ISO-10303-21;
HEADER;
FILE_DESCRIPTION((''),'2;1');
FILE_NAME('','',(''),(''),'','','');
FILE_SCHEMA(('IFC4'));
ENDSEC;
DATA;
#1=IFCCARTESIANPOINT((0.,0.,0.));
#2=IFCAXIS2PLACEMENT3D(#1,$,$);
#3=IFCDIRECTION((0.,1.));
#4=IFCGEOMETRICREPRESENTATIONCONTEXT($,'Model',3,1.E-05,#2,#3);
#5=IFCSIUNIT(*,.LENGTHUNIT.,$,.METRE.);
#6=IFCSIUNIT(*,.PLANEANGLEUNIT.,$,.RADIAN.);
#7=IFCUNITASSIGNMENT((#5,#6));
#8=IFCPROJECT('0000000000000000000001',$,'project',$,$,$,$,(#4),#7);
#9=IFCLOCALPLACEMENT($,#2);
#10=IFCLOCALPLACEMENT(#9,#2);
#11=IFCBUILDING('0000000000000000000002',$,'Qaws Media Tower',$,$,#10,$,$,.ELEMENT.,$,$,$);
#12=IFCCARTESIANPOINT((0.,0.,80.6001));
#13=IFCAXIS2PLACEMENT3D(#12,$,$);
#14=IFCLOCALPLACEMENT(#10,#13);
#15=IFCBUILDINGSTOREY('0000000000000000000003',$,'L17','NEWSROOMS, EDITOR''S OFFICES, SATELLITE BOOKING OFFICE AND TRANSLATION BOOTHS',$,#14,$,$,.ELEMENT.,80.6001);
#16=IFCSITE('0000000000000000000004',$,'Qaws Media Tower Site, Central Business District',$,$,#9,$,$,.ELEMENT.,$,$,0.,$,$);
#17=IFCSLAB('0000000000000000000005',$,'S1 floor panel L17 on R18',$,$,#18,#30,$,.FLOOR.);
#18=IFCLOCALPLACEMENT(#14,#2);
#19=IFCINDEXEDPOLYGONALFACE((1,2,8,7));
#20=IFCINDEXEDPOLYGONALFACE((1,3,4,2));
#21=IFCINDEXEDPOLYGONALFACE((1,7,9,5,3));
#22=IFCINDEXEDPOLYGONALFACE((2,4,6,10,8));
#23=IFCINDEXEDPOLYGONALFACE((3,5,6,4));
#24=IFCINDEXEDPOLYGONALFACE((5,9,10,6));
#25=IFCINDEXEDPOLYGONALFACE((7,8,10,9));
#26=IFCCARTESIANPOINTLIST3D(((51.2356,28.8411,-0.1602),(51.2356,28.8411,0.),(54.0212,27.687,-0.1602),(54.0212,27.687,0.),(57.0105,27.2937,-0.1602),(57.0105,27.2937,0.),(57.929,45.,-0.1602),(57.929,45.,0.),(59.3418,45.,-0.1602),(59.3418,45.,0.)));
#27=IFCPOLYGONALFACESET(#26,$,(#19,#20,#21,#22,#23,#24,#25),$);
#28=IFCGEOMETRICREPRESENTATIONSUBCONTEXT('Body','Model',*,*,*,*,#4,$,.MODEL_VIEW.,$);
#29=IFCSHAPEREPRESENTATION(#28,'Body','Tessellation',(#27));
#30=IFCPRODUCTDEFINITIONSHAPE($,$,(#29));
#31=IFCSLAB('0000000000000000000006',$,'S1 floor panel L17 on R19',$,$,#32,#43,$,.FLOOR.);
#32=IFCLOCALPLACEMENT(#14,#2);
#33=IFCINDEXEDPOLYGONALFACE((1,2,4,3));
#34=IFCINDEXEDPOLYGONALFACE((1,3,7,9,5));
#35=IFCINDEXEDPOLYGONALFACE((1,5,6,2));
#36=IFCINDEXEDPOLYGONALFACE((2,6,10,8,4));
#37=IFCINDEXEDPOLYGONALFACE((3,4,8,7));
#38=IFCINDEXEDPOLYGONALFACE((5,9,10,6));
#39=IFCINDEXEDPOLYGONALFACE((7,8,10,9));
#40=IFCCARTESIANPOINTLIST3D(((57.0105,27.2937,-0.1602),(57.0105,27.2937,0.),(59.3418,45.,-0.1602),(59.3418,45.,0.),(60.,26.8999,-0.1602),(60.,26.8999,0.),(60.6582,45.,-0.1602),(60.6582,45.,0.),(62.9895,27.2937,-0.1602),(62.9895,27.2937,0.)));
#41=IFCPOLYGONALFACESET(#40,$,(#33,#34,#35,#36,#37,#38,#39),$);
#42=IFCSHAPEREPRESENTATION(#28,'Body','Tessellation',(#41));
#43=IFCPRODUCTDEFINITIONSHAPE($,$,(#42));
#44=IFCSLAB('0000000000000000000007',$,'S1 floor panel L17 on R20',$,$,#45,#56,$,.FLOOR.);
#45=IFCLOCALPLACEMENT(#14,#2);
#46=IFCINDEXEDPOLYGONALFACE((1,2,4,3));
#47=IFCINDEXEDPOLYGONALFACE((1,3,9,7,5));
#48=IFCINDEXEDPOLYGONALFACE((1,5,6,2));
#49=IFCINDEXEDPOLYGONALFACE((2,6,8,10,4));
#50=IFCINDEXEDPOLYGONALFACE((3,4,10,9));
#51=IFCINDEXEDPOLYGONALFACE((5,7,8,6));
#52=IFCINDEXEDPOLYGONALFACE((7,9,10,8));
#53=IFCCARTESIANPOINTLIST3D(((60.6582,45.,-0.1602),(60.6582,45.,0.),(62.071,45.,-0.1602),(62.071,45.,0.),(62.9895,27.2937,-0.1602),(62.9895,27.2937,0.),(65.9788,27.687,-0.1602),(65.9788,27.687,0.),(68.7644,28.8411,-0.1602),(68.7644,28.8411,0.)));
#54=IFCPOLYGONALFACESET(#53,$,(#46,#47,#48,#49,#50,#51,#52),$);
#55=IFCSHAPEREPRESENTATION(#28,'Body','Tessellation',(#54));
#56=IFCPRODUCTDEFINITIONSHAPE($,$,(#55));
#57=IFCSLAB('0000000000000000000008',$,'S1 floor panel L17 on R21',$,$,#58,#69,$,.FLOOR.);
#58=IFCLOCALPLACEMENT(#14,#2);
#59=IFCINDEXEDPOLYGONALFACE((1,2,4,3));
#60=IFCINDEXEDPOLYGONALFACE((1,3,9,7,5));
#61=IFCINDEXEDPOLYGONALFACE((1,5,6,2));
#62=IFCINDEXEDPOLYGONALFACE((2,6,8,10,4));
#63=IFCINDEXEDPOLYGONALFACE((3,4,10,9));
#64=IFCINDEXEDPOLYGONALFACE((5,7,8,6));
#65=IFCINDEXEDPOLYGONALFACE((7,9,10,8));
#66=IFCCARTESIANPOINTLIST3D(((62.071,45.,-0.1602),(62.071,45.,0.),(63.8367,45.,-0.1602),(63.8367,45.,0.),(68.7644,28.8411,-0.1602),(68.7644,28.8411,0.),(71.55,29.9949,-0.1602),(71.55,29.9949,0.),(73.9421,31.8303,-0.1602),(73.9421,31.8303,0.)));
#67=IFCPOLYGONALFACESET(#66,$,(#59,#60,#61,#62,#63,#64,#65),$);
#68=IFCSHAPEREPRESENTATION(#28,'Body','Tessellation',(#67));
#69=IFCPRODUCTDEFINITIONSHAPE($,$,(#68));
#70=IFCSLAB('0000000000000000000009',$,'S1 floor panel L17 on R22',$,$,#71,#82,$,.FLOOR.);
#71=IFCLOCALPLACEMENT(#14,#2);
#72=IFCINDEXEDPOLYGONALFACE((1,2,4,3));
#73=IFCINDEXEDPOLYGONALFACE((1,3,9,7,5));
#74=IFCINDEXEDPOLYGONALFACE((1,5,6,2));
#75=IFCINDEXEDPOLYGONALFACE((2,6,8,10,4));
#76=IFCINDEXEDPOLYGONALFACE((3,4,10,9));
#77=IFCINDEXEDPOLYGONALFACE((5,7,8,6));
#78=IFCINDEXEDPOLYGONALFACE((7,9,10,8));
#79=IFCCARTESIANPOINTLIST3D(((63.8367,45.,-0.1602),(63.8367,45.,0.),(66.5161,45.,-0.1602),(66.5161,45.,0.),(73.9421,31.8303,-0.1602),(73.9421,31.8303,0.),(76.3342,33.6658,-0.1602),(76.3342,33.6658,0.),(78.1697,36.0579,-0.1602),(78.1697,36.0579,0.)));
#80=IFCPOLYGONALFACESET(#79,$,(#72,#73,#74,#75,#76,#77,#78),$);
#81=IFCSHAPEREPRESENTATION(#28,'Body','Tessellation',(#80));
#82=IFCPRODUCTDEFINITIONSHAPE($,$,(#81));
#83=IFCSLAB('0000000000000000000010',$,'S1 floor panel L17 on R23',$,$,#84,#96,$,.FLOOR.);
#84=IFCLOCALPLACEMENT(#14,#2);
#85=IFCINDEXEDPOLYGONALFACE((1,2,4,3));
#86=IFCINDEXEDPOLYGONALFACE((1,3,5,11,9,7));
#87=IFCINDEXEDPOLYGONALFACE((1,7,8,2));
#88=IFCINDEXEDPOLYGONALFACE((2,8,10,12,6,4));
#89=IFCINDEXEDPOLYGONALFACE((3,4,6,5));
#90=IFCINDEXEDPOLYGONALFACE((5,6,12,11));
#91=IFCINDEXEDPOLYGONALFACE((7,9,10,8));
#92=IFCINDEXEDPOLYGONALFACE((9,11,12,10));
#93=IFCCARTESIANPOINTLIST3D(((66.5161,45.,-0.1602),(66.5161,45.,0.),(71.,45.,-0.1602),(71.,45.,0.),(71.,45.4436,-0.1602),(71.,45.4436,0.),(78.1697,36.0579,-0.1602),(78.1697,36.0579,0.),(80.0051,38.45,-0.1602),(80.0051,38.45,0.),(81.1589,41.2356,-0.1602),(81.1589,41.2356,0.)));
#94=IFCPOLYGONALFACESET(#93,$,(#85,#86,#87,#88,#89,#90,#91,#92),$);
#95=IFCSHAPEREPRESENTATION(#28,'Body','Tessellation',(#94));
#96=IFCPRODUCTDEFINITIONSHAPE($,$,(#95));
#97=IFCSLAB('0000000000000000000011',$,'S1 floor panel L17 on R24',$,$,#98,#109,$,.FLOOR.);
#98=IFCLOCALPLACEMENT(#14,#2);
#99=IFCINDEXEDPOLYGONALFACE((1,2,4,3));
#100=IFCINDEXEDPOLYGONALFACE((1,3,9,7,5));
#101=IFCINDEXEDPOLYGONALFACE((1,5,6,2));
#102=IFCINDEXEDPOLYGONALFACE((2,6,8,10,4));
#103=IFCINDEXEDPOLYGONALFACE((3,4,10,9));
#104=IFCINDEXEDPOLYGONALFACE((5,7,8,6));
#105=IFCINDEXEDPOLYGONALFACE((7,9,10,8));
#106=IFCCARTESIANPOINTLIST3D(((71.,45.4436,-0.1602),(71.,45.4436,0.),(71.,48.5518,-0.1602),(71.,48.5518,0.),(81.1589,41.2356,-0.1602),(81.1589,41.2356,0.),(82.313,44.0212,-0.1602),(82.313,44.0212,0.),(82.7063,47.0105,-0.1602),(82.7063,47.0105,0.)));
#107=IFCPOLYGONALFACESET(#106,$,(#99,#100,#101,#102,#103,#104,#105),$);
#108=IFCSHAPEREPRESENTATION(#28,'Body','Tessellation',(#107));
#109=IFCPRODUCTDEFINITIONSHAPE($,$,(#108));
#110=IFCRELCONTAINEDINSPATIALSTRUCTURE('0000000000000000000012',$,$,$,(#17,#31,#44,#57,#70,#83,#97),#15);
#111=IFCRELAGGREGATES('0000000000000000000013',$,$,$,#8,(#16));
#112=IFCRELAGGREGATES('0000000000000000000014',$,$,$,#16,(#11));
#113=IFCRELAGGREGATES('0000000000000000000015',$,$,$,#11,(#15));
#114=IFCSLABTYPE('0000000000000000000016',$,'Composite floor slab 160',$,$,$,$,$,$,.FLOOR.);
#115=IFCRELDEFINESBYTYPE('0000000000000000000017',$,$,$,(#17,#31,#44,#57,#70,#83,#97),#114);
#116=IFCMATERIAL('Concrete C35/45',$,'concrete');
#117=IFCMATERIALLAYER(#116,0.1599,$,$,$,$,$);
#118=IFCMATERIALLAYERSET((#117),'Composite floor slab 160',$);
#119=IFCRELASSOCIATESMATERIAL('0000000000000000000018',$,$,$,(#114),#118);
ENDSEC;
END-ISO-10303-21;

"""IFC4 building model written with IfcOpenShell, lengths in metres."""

from ifc_helpers import new_model, si_unit, direction, frame, origin, place, context, subcontext, project, spatial, polyline, outline, extrude, material, layer, layer_set, type_object, element, save


model = new_model("IFC4")

# Units and contexts
model_context = context("Model", 3, precision=1e-05, world=origin(), true_north=direction((0.0, 1.0)))
body_context = subcontext(model_context, "Body", "Model", "MODEL_VIEW")
ifc_project = project(units=[si_unit("LENGTHUNIT", "METRE"), si_unit("PLANEANGLEUNIT", "RADIAN")], contexts=[model_context])

# Site, building, storey
site_placement = place(None, origin())
site = spatial("IfcSite", under=ifc_project, at=site_placement, Name="Qaws Media Tower Site, Central Business District", CompositionType="ELEMENT", RefElevation=0.0)
building_placement = place(site_placement, origin())
building = spatial("IfcBuilding", under=site, at=building_placement, Name="Qaws Media Tower", CompositionType="ELEMENT")
storey_placement = place(building_placement, frame((0.0, 0.0, 80.6001)))
storey = spatial("IfcBuildingStorey", under=building, at=storey_placement, Name="L17", Description="NEWSROOMS, EDITOR'S OFFICES, SATELLITE BOOKING OFFICE AND TRANSLATION BOOTHS", CompositionType="ELEMENT", Elevation=80.6001)

# Slabs
ifc_material_1 = material(Name="Concrete C35/45", Category="concrete")
ifc_layer_1 = layer(ifc_material_1, 0.1599)
ifc_layer_set_1 = layer_set([ifc_layer_1], Name="Composite floor slab 160")
slab_type_1 = type_object("IfcSlabType", Name="Composite floor slab 160", PredefinedType="FLOOR", material=ifc_layer_set_1)
slab_1_placement = place(storey_placement, frame((0.0, 0.0, -0.1602)))
element("IfcSlab", 1, at=slab_1_placement, inside=storey, type_object=slab_type_1, Name="S1 floor panel L17 on R18", PredefinedType="FLOOR", context=body_context, shape_type="SweptSolid", body=[
    extrude(outline(polyline([(54.0212, 27.687), (51.2356, 28.8411), (57.929, 45.0), (59.3418, 45.0), (57.0105, 27.2937), (54.0212, 27.687)])), origin(), (0.0, 0.0, 1.0), 0.1602),
])
slab_2_placement = place(storey_placement, frame((0.0, 0.0, -0.1602)))
element("IfcSlab", 2, at=slab_2_placement, inside=storey, type_object=slab_type_1, Name="S1 floor panel L17 on R19", PredefinedType="FLOOR", context=body_context, shape_type="SweptSolid", body=[
    extrude(outline(polyline([(60.0, 26.8999), (57.0105, 27.2937), (59.3418, 45.0), (60.6582, 45.0), (62.9895, 27.2937), (60.0, 26.8999)])), origin(), (0.0, 0.0, 1.0), 0.1602),
])
slab_3_placement = place(storey_placement, frame((0.0, 0.0, -0.1602)))
element("IfcSlab", 3, at=slab_3_placement, inside=storey, type_object=slab_type_1, Name="S1 floor panel L17 on R20", PredefinedType="FLOOR", context=body_context, shape_type="SweptSolid", body=[
    extrude(outline(polyline([(65.9788, 27.687), (62.9895, 27.2937), (60.6582, 45.0), (62.071, 45.0), (68.7644, 28.8411), (65.9788, 27.687)])), origin(), (0.0, 0.0, 1.0), 0.1602),
])
slab_4_placement = place(storey_placement, frame((0.0, 0.0, -0.1602)))
element("IfcSlab", 4, at=slab_4_placement, inside=storey, type_object=slab_type_1, Name="S1 floor panel L17 on R21", PredefinedType="FLOOR", context=body_context, shape_type="SweptSolid", body=[
    extrude(outline(polyline([(71.55, 29.9949), (68.7644, 28.8411), (62.071, 45.0), (63.8367, 45.0), (73.9421, 31.8303), (71.55, 29.9949)])), origin(), (0.0, 0.0, 1.0), 0.1602),
])
slab_5_placement = place(storey_placement, frame((0.0, 0.0, -0.1602)))
element("IfcSlab", 5, at=slab_5_placement, inside=storey, type_object=slab_type_1, Name="S1 floor panel L17 on R22", PredefinedType="FLOOR", context=body_context, shape_type="SweptSolid", body=[
    extrude(outline(polyline([(76.3342, 33.6658), (73.9421, 31.8303), (63.8367, 45.0), (66.5161, 45.0), (78.1697, 36.0579), (76.3342, 33.6658)])), origin(), (0.0, 0.0, 1.0), 0.1602),
])
slab_6_placement = place(storey_placement, frame((0.0, 0.0, -0.1602)))
element("IfcSlab", 6, at=slab_6_placement, inside=storey, type_object=slab_type_1, Name="S1 floor panel L17 on R23", PredefinedType="FLOOR", context=body_context, shape_type="SweptSolid", body=[
    extrude(outline(polyline([(80.0051, 38.45), (78.1697, 36.0579), (66.5161, 45.0), (71.0, 45.0), (71.0, 45.4436), (81.1589, 41.2356), (80.0051, 38.45)])), origin(), (0.0, 0.0, 1.0), 0.1602),
])
slab_7_placement = place(storey_placement, frame((0.0, 0.0, -0.1602)))
element("IfcSlab", 7, at=slab_7_placement, inside=storey, type_object=slab_type_1, Name="S1 floor panel L17 on R24", PredefinedType="FLOOR", context=body_context, shape_type="SweptSolid", body=[
    extrude(outline(polyline([(81.1589, 41.2356), (71.0, 45.4436), (71.0, 48.5518), (82.7063, 47.0105), (82.313, 44.0212), (81.1589, 41.2356)])), origin(), (0.0, 0.0, 1.0), 0.1602),
])

save(model, "model.ifc")
